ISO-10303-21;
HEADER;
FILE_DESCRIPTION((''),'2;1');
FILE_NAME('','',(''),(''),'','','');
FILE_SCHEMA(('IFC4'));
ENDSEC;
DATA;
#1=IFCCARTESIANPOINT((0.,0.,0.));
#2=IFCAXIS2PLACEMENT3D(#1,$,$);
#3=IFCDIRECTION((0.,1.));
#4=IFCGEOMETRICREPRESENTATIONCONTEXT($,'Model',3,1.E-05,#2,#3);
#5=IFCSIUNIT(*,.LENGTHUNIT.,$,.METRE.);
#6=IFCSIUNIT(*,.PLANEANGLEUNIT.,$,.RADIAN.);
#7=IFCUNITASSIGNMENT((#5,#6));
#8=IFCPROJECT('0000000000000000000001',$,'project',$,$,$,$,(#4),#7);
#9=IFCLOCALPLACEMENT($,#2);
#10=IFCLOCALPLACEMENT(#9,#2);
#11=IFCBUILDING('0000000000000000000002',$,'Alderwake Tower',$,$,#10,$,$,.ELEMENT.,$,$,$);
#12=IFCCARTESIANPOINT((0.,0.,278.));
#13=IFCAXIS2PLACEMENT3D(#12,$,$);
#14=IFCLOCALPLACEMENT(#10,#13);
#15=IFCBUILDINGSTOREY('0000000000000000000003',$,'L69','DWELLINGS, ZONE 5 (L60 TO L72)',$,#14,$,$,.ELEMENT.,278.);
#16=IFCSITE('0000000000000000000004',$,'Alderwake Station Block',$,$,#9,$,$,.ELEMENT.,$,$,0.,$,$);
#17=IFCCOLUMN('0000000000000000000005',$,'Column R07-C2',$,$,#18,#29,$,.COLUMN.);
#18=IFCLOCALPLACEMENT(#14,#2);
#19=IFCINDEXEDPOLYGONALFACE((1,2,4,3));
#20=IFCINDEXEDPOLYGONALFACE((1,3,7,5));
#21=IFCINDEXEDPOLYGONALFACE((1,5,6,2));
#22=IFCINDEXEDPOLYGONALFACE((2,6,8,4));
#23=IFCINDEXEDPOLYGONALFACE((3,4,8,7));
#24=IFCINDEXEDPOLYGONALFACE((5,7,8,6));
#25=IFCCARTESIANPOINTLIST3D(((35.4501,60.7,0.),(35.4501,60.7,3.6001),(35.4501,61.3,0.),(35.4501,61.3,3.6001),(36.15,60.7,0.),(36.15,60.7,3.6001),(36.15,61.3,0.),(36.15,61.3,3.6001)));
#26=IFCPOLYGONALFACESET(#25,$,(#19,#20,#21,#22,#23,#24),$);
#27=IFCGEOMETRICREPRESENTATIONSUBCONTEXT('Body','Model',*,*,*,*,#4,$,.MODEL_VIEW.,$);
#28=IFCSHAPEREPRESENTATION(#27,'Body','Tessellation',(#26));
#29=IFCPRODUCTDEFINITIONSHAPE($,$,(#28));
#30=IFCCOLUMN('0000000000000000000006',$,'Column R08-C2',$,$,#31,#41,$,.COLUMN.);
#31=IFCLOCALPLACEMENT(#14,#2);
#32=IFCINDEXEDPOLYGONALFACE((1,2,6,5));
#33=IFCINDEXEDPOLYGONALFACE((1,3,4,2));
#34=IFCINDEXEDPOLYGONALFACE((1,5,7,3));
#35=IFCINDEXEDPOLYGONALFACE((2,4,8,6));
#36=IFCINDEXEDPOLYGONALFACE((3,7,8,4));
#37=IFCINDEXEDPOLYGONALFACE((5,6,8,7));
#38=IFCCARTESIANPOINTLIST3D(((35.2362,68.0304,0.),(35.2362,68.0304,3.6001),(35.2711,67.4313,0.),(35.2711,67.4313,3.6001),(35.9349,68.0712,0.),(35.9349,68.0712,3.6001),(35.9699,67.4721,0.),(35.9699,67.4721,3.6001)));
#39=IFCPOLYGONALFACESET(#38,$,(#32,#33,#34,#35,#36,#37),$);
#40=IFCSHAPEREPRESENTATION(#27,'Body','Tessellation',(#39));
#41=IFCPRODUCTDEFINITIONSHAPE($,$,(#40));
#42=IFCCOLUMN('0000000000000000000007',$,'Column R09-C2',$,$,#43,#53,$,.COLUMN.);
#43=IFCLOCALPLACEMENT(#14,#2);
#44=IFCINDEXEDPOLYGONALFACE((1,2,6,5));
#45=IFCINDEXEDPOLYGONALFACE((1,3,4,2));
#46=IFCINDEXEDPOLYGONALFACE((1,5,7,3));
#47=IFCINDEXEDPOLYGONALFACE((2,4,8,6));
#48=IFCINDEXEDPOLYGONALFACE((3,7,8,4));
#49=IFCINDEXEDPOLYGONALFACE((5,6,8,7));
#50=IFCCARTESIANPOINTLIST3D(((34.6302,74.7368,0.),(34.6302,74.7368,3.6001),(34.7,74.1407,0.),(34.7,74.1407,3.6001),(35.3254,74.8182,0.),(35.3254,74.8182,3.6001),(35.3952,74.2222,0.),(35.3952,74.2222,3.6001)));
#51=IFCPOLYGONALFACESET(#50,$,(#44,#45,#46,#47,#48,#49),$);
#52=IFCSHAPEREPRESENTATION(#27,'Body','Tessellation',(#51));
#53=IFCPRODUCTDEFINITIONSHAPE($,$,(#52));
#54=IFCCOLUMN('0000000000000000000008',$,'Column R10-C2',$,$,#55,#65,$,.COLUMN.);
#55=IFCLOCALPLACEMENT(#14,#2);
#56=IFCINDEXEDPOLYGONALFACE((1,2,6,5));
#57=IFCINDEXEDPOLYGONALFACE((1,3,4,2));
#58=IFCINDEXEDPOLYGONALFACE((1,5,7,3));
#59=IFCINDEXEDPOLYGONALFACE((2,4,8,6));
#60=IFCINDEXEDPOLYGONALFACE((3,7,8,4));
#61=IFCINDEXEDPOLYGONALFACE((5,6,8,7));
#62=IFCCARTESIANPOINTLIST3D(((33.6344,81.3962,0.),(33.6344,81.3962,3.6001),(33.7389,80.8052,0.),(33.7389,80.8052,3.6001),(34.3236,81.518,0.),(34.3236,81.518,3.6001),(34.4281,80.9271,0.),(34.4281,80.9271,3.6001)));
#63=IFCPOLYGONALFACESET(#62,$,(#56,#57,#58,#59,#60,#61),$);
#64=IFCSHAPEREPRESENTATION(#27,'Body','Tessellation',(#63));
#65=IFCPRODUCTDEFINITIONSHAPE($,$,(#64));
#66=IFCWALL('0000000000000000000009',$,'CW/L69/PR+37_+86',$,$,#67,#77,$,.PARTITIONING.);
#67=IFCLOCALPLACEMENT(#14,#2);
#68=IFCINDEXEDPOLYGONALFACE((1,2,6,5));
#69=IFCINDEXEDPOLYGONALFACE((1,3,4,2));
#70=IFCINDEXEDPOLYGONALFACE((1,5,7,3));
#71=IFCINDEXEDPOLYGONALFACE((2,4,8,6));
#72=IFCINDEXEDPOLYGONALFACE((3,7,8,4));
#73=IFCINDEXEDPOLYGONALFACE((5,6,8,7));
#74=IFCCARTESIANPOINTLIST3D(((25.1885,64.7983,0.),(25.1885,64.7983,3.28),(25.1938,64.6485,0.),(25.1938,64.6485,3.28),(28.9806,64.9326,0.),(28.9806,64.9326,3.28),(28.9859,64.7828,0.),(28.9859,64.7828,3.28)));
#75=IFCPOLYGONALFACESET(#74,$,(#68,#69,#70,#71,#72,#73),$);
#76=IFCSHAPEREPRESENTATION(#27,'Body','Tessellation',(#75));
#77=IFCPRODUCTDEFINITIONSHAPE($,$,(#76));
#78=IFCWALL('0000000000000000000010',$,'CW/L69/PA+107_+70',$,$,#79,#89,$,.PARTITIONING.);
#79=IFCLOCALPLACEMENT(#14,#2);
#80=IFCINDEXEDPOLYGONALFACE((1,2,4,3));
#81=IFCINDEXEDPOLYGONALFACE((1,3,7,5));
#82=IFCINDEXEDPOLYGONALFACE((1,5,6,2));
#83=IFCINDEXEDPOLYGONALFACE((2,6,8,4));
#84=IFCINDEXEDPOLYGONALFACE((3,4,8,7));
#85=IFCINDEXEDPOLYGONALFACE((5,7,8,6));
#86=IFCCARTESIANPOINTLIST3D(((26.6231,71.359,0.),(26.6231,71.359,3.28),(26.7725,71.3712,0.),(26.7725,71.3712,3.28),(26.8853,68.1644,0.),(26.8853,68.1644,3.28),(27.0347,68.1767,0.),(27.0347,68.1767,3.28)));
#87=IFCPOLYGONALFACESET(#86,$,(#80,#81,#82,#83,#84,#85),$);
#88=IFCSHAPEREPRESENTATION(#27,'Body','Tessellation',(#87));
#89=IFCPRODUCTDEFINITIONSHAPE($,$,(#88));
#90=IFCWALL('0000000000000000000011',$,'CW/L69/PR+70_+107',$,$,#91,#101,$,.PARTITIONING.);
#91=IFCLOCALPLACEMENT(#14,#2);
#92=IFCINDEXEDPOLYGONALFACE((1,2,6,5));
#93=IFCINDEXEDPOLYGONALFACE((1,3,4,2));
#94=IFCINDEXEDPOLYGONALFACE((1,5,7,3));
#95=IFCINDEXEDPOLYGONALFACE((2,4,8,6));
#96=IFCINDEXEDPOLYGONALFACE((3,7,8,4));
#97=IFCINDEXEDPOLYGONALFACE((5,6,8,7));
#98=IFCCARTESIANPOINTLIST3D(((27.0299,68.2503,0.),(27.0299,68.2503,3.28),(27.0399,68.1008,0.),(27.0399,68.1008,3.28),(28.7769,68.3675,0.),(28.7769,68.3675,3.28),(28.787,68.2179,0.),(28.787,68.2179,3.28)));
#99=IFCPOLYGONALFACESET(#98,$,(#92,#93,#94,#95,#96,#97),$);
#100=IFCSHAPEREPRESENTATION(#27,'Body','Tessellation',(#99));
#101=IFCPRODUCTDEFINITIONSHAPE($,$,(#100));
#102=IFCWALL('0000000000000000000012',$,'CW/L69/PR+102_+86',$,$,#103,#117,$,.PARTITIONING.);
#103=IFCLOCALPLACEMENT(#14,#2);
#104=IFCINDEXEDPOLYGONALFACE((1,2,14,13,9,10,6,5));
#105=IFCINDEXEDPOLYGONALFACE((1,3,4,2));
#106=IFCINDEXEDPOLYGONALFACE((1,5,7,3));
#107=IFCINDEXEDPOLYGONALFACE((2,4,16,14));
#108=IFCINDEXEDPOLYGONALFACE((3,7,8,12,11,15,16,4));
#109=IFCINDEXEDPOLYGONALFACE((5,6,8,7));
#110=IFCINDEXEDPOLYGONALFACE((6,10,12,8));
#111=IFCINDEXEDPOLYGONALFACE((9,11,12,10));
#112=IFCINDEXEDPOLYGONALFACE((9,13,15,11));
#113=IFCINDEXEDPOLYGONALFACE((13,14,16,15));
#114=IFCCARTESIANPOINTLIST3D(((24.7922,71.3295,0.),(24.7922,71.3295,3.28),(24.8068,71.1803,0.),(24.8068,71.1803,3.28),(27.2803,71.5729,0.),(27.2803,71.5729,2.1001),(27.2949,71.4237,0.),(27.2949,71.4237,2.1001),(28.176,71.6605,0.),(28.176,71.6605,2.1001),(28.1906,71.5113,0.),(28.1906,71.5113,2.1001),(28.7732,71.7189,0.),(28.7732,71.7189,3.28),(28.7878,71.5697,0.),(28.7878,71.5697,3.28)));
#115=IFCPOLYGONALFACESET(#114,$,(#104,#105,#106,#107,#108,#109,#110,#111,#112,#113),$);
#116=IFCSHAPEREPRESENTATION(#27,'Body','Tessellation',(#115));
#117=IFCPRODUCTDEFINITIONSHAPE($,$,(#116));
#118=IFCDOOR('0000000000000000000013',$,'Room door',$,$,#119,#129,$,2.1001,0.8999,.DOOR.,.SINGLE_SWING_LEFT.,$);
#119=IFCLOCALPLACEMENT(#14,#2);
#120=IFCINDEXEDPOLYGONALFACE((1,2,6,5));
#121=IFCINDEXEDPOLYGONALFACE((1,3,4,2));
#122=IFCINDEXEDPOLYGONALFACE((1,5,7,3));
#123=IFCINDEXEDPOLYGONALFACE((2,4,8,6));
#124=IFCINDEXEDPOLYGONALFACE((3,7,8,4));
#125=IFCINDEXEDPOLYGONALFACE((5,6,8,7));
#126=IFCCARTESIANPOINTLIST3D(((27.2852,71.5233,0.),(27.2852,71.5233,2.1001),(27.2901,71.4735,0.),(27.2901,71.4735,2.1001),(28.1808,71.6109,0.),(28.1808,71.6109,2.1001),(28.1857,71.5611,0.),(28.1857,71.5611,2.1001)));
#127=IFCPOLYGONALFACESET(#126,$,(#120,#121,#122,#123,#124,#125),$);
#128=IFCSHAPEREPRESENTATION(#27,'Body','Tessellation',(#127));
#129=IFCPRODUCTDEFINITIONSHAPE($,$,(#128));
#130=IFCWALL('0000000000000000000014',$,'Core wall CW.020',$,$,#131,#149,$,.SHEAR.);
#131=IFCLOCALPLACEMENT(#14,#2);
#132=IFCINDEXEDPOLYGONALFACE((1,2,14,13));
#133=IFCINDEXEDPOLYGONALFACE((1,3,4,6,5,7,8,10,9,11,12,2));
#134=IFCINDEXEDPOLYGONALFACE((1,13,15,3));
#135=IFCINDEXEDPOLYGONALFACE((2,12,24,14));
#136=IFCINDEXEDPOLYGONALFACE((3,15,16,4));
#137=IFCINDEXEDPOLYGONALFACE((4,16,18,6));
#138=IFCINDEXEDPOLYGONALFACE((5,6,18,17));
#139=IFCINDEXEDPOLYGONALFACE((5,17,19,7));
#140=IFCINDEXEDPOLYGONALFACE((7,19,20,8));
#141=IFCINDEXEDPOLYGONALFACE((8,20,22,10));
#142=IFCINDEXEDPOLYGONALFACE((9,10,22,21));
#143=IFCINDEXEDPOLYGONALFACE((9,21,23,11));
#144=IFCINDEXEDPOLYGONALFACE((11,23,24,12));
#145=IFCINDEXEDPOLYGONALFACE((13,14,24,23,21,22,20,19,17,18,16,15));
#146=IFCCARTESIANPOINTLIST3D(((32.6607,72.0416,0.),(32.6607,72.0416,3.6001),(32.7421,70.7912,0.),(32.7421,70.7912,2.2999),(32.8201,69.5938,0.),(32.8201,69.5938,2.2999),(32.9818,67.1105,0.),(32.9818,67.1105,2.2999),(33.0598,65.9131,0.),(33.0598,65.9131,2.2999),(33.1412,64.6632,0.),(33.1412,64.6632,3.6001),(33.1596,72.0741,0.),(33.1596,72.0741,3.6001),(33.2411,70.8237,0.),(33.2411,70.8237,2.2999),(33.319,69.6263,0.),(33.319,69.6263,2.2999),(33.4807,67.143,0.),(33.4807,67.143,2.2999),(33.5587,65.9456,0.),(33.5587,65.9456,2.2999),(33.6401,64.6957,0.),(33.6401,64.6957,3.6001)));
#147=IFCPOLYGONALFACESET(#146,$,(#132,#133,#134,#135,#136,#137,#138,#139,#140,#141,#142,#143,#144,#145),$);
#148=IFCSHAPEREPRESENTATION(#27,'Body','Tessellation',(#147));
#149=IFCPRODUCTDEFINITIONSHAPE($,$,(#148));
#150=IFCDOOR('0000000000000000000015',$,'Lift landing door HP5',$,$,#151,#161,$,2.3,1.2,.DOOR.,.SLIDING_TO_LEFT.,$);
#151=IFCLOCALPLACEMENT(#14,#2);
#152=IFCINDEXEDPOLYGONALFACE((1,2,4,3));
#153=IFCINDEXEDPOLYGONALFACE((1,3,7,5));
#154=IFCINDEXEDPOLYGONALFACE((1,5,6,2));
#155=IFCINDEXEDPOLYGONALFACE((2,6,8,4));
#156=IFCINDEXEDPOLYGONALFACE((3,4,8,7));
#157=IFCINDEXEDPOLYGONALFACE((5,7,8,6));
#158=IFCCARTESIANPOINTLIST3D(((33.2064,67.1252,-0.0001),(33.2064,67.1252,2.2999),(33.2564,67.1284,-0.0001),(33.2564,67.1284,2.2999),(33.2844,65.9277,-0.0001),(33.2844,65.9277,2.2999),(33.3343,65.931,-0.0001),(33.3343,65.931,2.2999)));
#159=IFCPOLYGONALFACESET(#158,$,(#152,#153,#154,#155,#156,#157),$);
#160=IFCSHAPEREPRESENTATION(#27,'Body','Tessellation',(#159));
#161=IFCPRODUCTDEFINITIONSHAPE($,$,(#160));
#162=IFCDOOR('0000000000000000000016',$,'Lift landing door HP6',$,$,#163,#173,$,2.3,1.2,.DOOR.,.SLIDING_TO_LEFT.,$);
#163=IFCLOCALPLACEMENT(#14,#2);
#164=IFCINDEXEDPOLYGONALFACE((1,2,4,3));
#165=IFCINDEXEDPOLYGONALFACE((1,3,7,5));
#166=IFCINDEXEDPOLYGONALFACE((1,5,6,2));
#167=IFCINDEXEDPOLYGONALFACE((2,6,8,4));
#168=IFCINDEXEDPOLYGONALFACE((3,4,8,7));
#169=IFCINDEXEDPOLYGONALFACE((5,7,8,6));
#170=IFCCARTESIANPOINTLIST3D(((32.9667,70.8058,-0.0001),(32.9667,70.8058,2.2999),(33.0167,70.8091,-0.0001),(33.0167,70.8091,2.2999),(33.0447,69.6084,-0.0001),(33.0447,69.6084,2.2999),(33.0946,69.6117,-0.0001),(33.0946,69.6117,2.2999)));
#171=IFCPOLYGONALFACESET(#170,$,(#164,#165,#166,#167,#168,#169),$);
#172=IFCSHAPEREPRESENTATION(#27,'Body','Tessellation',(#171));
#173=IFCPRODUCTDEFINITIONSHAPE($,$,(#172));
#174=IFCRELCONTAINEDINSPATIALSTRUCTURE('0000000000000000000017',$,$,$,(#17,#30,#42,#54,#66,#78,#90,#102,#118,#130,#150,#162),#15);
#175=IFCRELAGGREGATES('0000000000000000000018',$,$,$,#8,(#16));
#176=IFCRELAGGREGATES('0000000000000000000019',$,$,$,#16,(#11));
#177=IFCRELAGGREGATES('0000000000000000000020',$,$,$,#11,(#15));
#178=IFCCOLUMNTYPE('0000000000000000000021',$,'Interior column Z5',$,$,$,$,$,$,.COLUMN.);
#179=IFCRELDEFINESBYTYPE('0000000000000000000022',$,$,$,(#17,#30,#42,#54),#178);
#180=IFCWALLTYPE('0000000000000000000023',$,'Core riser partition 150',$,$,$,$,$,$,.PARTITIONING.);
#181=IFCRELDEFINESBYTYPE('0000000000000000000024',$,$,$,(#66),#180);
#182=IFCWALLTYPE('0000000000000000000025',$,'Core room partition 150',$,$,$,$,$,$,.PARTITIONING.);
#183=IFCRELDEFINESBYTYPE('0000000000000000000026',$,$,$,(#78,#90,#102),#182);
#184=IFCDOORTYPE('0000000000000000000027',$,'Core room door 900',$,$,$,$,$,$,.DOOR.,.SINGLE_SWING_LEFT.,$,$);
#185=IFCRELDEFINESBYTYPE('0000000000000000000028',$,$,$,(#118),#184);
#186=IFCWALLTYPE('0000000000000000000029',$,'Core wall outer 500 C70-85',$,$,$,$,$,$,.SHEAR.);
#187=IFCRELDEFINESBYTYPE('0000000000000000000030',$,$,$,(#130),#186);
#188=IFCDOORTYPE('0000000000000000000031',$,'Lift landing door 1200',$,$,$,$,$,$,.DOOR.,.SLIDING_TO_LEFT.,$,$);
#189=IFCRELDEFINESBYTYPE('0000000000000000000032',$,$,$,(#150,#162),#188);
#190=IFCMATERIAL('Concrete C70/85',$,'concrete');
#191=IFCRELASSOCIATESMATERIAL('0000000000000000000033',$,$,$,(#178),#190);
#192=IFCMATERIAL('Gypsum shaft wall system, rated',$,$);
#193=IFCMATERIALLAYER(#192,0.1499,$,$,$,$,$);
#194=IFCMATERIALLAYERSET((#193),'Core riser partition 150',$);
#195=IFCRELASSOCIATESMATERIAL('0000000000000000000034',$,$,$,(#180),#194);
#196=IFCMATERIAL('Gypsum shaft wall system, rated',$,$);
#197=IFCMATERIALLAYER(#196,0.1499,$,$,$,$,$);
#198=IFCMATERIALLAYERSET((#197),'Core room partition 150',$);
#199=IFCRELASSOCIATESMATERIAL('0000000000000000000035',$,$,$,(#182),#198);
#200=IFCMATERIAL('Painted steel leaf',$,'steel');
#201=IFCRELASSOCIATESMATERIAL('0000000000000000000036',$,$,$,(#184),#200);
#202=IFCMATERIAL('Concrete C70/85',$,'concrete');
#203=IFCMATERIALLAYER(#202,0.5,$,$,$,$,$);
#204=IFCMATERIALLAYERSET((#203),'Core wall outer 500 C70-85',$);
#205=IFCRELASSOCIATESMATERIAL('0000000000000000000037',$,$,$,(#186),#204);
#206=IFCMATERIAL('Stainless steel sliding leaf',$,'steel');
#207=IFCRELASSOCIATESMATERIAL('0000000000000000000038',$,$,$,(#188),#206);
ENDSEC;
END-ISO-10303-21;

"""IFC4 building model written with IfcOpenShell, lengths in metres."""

from ifc_helpers import new_model, si_unit, direction, frame, frame_2d, origin, origin_2d, place, context, subcontext, project, spatial, rectangle, extrude, material, layer, layer_set, material_profile, profile_set, type_object, element, fill, save


model = new_model("IFC4")

# Units and contexts
model_context = context("Model", 3, precision=1e-05, world=origin(), true_north=direction((0.0, 1.0)))
body_context = subcontext(model_context, "Body", "Model", "MODEL_VIEW")
ifc_project = project(units=[si_unit("LENGTHUNIT", "METRE"), si_unit("PLANEANGLEUNIT", "RADIAN")], contexts=[model_context])

# Site, building, storey
site_placement = place(None, origin())
site = spatial("IfcSite", under=ifc_project, at=site_placement, Name="Alderwake Station Block", CompositionType="ELEMENT", RefElevation=0.0)
building_placement = place(site_placement, origin())
building = spatial("IfcBuilding", under=site, at=building_placement, Name="Alderwake Tower", CompositionType="ELEMENT")
storey_placement = place(building_placement, frame((0.0, 0.0, 278.0)))
storey = spatial("IfcBuildingStorey", under=building, at=storey_placement, Name="L69", Description="DWELLINGS, ZONE 5 (L60 TO L72)", CompositionType="ELEMENT", Elevation=278.0)

# Columns
ifc_material_1 = material(Name="Concrete C70/85", Category="concrete")
ifc_material_profile = material_profile(ifc_material_1, rectangle(XDim=0.6001, YDim=0.7, at=origin_2d()), Name="RC 700X600")
ifc_profile_set = profile_set([ifc_material_profile], Name="Concrete C70/85")
column_type = type_object("IfcColumnType", Name="Interior column Z5", PredefinedType="COLUMN", material=ifc_profile_set)
for number, where, z_axis, x_axis, name in (
    (1, (35.8, 61.0, 0.0), (0.0, 0.0, 1.0), (0.0, 1.0, 0.0), "Column R07-C2"),
    (2, (35.603, 67.7512, 0.0), (0.0, 0.0, 1.0), (-0.058301, 0.998299, 0.0), "Column R08-C2"),
    (3, (35.0127, 74.4795, 0.0), (0.0, 0.0, 1.0), (-0.116402, 0.993202, 0.0), "Column R09-C2"),
    (4, (34.0312, 81.1616, 0.0), (0.0, 0.0, 1.0), (-0.174109, 0.984726, 0.0), "Column R10-C2"),
):
    element("IfcColumn", number, at=place(storey_placement, frame(where, z_axis=z_axis, x_axis=x_axis)), inside=storey, type_object=column_type, Name=name, PredefinedType="COLUMN", context=body_context, shape_type="SweptSolid", body=[
        extrude(rectangle(XDim=0.6001, YDim=0.7, at=origin_2d()), origin(), (0.0, 0.0, 1.0), 3.6001),
    ])

# Walls
ifc_material_2 = material(Name="Gypsum shaft wall system, rated")
ifc_layer_1 = layer(ifc_material_2, 0.1499)
ifc_layer_set_1 = layer_set([ifc_layer_1], Name="Core riser partition 150")
wall_type_1 = type_object("IfcWallType", Name="Core riser partition 150", PredefinedType="PARTITIONING", material=ifc_layer_set_1)
wall_1_placement = place(storey_placement, frame((25.1912, 64.7234, 0.0), z_axis=(0.0, 0.0, 1.0), x_axis=(0.999374, 0.035389, 0.0)))
element("IfcWall", 5, at=wall_1_placement, inside=storey, type_object=wall_type_1, Name="CW/L69/PR+37_+86", PredefinedType="PARTITIONING", context=body_context, shape_type="SweptSolid", body=[
    extrude(rectangle(XDim=3.7944, YDim=0.1499, at=frame_2d((1.8972, 0.0))), origin(), (0.0, 0.0, 1.0), 3.28),
])
ifc_material_3 = material(Name="Gypsum shaft wall system, rated")
ifc_layer_2 = layer(ifc_material_3, 0.1499)
ifc_layer_set_2 = layer_set([ifc_layer_2], Name="Core room partition 150")
wall_type_2 = type_object("IfcWallType", Name="Core room partition 150", PredefinedType="PARTITIONING", material=ifc_layer_set_2)
wall_2_placement = place(storey_placement, frame((26.96, 68.1707, 0.0), z_axis=(0.0, 0.0, 1.0), x_axis=(-0.081804, 0.996648, 0.0)))
element("IfcWall", 6, at=wall_2_placement, inside=storey, type_object=wall_type_2, Name="CW/L69/PA+107_+70", PredefinedType="PARTITIONING", context=body_context, shape_type="SweptSolid", body=[
    extrude(rectangle(XDim=3.2053, YDim=0.1499, at=frame_2d((1.6025, 0.0))), origin(), (0.0, 0.0, 1.0), 3.28),
])
wall_3_placement = place(storey_placement, frame((27.0349, 68.1755, 0.0), z_axis=(0.0, 0.0, 1.0), x_axis=(0.997758, 0.066926, 0.0)))
element("IfcWall", 7, at=wall_3_placement, inside=storey, type_object=wall_type_2, Name="CW/L69/PR+70_+107", PredefinedType="PARTITIONING", context=body_context, shape_type="SweptSolid", body=[
    extrude(rectangle(XDim=1.751, YDim=0.1499, at=frame_2d((0.8755, 0.0))), origin(), (0.0, 0.0, 1.0), 3.28),
])

# Wall, opening, door
wall_4_placement = place(storey_placement, frame((28.7805, 71.6443, 0.0), z_axis=(0.0, 0.0, 1.0), x_axis=(-0.99525, -0.097352, 0.0)))
wall_4 = element("IfcWall", 8, at=wall_4_placement, inside=storey, type_object=wall_type_2, Name="CW/L69/PR+102_+86", PredefinedType="PARTITIONING", context=body_context, shape_type="SweptSolid", body=[
    extrude(rectangle(XDim=4.0, YDim=0.1499, at=frame_2d((2.0, 0.0))), origin(), (0.0, 0.0, 1.0), 3.28),
])
opening_1_placement = place(wall_4_placement, frame((0.6001, 0.0, 0.0)))
opening_1 = element("IfcOpeningElement", 9, at=opening_1_placement, cuts=wall_4, PredefinedType="OPENING", context=body_context, shape_type="SweptSolid", body=[
    extrude(rectangle(XDim=0.8999, YDim=2.1001, at=frame_2d((0.45, 1.05))), frame((0.0, 0.085, 0.0), z_axis=(0.0, -1.0, 0.0), x_axis=(1.0, 0.0, 0.0)), (0.0, 0.0, 1.0), 0.1699),
])
ifc_material_4 = material(Name="Painted steel leaf", Category="steel")
door_type_1 = type_object("IfcDoorType", Name="Core room door 900", OperationType="SINGLE_SWING_LEFT", PredefinedType="DOOR", material=ifc_material_4)
door_1_placement = place(opening_1_placement, origin())
door_1 = element("IfcDoor", 10, at=door_1_placement, inside=storey, type_object=door_type_1, Name="Room door", OperationType="SINGLE_SWING_LEFT", OverallHeight=2.1001, OverallWidth=0.8999, PredefinedType="DOOR", context=body_context, shape_type="SweptSolid", body=[
    extrude(rectangle(XDim=0.8999, YDim=2.1001, at=frame_2d((0.45, 1.05))), frame((0.0, 0.0249, 0.0), z_axis=(0.0, -1.0, 0.0), x_axis=(1.0, 0.0, 0.0)), (0.0, 0.0, 1.0), 0.05),
])
fill(opening_1, door_1)

# Wall, openings, doors
ifc_material_5 = material(Name="Concrete C70/85", Category="concrete")
ifc_layer_3 = layer(ifc_material_5, 0.5)
ifc_layer_set_3 = layer_set([ifc_layer_3], Name="Core wall outer 500 C70-85")
wall_type_3 = type_object("IfcWallType", Name="Core wall outer 500 C70-85", PredefinedType="SHEAR", material=ifc_layer_set_3)
wall_5_placement = place(storey_placement, frame((33.3906, 64.6794, 0.0), z_axis=(0.0, 0.0, 1.0), x_axis=(-0.064981, 0.997887, 0.0)))
wall_5 = element("IfcWall", 11, at=wall_5_placement, inside=storey, type_object=wall_type_3, Name="Core wall CW.020", PredefinedType="SHEAR", context=body_context, shape_type="SweptSolid", body=[
    extrude(rectangle(XDim=7.394, YDim=0.5, at=frame_2d((3.697, 0.0))), origin(), (0.0, 0.0, 1.0), 3.6001),
])
opening_2_placement = place(wall_5_placement, frame((1.2524, 0.0, 0.0)))
opening_2 = element("IfcOpeningElement", 12, at=opening_2_placement, cuts=wall_5, PredefinedType="OPENING", context=body_context, shape_type="SweptSolid", body=[
    extrude(rectangle(XDim=1.2, YDim=2.3, at=frame_2d((0.6001, 1.1499))), frame((0.0, 0.26, 0.0), z_axis=(0.0, -1.0, 0.0), x_axis=(1.0, 0.0, 0.0)), (0.0, 0.0, 1.0), 0.52),
])
opening_3_placement = place(wall_5_placement, frame((4.9409, 0.0, 0.0)))
opening_3 = element("IfcOpeningElement", 13, at=opening_3_placement, cuts=wall_5, PredefinedType="OPENING", context=body_context, shape_type="SweptSolid", body=[
    extrude(rectangle(XDim=1.2, YDim=2.3, at=frame_2d((0.6001, 1.1499))), frame((0.0, 0.26, 0.0), z_axis=(0.0, -1.0, 0.0), x_axis=(1.0, 0.0, 0.0)), (0.0, 0.0, 1.0), 0.52),
])
ifc_material_6 = material(Name="Stainless steel sliding leaf", Category="steel")
door_type_2 = type_object("IfcDoorType", Name="Lift landing door 1200", OperationType="SLIDING_TO_LEFT", PredefinedType="DOOR", material=ifc_material_6)
door_2_placement = place(opening_2_placement, origin())
door_2 = element("IfcDoor", 14, at=door_2_placement, inside=storey, type_object=door_type_2, Name="Lift landing door HP5", OperationType="SLIDING_TO_LEFT", OverallHeight=2.3, OverallWidth=1.2, PredefinedType="DOOR", context=body_context, shape_type="SweptSolid", body=[
    extrude(rectangle(XDim=1.2, YDim=2.3, at=frame_2d((0.6001, 1.1499))), frame((0.0, 0.0249, 0.0), z_axis=(0.0, -1.0, 0.0), x_axis=(1.0, 0.0, 0.0)), (0.0, 0.0, 1.0), 0.05),
])
fill(opening_2, door_2)
door_3_placement = place(opening_3_placement, origin())
door_3 = element("IfcDoor", 15, at=door_3_placement, inside=storey, type_object=door_type_2, Name="Lift landing door HP6", OperationType="SLIDING_TO_LEFT", OverallHeight=2.3, OverallWidth=1.2, PredefinedType="DOOR", context=body_context, shape_type="SweptSolid", body=[
    extrude(rectangle(XDim=1.2, YDim=2.3, at=frame_2d((0.6001, 1.1499))), frame((0.0, 0.0249, 0.0), z_axis=(0.0, -1.0, 0.0), x_axis=(1.0, 0.0, 0.0)), (0.0, 0.0, 1.0), 0.05),
])
fill(opening_3, door_3)

save(model, "model.ifc")
